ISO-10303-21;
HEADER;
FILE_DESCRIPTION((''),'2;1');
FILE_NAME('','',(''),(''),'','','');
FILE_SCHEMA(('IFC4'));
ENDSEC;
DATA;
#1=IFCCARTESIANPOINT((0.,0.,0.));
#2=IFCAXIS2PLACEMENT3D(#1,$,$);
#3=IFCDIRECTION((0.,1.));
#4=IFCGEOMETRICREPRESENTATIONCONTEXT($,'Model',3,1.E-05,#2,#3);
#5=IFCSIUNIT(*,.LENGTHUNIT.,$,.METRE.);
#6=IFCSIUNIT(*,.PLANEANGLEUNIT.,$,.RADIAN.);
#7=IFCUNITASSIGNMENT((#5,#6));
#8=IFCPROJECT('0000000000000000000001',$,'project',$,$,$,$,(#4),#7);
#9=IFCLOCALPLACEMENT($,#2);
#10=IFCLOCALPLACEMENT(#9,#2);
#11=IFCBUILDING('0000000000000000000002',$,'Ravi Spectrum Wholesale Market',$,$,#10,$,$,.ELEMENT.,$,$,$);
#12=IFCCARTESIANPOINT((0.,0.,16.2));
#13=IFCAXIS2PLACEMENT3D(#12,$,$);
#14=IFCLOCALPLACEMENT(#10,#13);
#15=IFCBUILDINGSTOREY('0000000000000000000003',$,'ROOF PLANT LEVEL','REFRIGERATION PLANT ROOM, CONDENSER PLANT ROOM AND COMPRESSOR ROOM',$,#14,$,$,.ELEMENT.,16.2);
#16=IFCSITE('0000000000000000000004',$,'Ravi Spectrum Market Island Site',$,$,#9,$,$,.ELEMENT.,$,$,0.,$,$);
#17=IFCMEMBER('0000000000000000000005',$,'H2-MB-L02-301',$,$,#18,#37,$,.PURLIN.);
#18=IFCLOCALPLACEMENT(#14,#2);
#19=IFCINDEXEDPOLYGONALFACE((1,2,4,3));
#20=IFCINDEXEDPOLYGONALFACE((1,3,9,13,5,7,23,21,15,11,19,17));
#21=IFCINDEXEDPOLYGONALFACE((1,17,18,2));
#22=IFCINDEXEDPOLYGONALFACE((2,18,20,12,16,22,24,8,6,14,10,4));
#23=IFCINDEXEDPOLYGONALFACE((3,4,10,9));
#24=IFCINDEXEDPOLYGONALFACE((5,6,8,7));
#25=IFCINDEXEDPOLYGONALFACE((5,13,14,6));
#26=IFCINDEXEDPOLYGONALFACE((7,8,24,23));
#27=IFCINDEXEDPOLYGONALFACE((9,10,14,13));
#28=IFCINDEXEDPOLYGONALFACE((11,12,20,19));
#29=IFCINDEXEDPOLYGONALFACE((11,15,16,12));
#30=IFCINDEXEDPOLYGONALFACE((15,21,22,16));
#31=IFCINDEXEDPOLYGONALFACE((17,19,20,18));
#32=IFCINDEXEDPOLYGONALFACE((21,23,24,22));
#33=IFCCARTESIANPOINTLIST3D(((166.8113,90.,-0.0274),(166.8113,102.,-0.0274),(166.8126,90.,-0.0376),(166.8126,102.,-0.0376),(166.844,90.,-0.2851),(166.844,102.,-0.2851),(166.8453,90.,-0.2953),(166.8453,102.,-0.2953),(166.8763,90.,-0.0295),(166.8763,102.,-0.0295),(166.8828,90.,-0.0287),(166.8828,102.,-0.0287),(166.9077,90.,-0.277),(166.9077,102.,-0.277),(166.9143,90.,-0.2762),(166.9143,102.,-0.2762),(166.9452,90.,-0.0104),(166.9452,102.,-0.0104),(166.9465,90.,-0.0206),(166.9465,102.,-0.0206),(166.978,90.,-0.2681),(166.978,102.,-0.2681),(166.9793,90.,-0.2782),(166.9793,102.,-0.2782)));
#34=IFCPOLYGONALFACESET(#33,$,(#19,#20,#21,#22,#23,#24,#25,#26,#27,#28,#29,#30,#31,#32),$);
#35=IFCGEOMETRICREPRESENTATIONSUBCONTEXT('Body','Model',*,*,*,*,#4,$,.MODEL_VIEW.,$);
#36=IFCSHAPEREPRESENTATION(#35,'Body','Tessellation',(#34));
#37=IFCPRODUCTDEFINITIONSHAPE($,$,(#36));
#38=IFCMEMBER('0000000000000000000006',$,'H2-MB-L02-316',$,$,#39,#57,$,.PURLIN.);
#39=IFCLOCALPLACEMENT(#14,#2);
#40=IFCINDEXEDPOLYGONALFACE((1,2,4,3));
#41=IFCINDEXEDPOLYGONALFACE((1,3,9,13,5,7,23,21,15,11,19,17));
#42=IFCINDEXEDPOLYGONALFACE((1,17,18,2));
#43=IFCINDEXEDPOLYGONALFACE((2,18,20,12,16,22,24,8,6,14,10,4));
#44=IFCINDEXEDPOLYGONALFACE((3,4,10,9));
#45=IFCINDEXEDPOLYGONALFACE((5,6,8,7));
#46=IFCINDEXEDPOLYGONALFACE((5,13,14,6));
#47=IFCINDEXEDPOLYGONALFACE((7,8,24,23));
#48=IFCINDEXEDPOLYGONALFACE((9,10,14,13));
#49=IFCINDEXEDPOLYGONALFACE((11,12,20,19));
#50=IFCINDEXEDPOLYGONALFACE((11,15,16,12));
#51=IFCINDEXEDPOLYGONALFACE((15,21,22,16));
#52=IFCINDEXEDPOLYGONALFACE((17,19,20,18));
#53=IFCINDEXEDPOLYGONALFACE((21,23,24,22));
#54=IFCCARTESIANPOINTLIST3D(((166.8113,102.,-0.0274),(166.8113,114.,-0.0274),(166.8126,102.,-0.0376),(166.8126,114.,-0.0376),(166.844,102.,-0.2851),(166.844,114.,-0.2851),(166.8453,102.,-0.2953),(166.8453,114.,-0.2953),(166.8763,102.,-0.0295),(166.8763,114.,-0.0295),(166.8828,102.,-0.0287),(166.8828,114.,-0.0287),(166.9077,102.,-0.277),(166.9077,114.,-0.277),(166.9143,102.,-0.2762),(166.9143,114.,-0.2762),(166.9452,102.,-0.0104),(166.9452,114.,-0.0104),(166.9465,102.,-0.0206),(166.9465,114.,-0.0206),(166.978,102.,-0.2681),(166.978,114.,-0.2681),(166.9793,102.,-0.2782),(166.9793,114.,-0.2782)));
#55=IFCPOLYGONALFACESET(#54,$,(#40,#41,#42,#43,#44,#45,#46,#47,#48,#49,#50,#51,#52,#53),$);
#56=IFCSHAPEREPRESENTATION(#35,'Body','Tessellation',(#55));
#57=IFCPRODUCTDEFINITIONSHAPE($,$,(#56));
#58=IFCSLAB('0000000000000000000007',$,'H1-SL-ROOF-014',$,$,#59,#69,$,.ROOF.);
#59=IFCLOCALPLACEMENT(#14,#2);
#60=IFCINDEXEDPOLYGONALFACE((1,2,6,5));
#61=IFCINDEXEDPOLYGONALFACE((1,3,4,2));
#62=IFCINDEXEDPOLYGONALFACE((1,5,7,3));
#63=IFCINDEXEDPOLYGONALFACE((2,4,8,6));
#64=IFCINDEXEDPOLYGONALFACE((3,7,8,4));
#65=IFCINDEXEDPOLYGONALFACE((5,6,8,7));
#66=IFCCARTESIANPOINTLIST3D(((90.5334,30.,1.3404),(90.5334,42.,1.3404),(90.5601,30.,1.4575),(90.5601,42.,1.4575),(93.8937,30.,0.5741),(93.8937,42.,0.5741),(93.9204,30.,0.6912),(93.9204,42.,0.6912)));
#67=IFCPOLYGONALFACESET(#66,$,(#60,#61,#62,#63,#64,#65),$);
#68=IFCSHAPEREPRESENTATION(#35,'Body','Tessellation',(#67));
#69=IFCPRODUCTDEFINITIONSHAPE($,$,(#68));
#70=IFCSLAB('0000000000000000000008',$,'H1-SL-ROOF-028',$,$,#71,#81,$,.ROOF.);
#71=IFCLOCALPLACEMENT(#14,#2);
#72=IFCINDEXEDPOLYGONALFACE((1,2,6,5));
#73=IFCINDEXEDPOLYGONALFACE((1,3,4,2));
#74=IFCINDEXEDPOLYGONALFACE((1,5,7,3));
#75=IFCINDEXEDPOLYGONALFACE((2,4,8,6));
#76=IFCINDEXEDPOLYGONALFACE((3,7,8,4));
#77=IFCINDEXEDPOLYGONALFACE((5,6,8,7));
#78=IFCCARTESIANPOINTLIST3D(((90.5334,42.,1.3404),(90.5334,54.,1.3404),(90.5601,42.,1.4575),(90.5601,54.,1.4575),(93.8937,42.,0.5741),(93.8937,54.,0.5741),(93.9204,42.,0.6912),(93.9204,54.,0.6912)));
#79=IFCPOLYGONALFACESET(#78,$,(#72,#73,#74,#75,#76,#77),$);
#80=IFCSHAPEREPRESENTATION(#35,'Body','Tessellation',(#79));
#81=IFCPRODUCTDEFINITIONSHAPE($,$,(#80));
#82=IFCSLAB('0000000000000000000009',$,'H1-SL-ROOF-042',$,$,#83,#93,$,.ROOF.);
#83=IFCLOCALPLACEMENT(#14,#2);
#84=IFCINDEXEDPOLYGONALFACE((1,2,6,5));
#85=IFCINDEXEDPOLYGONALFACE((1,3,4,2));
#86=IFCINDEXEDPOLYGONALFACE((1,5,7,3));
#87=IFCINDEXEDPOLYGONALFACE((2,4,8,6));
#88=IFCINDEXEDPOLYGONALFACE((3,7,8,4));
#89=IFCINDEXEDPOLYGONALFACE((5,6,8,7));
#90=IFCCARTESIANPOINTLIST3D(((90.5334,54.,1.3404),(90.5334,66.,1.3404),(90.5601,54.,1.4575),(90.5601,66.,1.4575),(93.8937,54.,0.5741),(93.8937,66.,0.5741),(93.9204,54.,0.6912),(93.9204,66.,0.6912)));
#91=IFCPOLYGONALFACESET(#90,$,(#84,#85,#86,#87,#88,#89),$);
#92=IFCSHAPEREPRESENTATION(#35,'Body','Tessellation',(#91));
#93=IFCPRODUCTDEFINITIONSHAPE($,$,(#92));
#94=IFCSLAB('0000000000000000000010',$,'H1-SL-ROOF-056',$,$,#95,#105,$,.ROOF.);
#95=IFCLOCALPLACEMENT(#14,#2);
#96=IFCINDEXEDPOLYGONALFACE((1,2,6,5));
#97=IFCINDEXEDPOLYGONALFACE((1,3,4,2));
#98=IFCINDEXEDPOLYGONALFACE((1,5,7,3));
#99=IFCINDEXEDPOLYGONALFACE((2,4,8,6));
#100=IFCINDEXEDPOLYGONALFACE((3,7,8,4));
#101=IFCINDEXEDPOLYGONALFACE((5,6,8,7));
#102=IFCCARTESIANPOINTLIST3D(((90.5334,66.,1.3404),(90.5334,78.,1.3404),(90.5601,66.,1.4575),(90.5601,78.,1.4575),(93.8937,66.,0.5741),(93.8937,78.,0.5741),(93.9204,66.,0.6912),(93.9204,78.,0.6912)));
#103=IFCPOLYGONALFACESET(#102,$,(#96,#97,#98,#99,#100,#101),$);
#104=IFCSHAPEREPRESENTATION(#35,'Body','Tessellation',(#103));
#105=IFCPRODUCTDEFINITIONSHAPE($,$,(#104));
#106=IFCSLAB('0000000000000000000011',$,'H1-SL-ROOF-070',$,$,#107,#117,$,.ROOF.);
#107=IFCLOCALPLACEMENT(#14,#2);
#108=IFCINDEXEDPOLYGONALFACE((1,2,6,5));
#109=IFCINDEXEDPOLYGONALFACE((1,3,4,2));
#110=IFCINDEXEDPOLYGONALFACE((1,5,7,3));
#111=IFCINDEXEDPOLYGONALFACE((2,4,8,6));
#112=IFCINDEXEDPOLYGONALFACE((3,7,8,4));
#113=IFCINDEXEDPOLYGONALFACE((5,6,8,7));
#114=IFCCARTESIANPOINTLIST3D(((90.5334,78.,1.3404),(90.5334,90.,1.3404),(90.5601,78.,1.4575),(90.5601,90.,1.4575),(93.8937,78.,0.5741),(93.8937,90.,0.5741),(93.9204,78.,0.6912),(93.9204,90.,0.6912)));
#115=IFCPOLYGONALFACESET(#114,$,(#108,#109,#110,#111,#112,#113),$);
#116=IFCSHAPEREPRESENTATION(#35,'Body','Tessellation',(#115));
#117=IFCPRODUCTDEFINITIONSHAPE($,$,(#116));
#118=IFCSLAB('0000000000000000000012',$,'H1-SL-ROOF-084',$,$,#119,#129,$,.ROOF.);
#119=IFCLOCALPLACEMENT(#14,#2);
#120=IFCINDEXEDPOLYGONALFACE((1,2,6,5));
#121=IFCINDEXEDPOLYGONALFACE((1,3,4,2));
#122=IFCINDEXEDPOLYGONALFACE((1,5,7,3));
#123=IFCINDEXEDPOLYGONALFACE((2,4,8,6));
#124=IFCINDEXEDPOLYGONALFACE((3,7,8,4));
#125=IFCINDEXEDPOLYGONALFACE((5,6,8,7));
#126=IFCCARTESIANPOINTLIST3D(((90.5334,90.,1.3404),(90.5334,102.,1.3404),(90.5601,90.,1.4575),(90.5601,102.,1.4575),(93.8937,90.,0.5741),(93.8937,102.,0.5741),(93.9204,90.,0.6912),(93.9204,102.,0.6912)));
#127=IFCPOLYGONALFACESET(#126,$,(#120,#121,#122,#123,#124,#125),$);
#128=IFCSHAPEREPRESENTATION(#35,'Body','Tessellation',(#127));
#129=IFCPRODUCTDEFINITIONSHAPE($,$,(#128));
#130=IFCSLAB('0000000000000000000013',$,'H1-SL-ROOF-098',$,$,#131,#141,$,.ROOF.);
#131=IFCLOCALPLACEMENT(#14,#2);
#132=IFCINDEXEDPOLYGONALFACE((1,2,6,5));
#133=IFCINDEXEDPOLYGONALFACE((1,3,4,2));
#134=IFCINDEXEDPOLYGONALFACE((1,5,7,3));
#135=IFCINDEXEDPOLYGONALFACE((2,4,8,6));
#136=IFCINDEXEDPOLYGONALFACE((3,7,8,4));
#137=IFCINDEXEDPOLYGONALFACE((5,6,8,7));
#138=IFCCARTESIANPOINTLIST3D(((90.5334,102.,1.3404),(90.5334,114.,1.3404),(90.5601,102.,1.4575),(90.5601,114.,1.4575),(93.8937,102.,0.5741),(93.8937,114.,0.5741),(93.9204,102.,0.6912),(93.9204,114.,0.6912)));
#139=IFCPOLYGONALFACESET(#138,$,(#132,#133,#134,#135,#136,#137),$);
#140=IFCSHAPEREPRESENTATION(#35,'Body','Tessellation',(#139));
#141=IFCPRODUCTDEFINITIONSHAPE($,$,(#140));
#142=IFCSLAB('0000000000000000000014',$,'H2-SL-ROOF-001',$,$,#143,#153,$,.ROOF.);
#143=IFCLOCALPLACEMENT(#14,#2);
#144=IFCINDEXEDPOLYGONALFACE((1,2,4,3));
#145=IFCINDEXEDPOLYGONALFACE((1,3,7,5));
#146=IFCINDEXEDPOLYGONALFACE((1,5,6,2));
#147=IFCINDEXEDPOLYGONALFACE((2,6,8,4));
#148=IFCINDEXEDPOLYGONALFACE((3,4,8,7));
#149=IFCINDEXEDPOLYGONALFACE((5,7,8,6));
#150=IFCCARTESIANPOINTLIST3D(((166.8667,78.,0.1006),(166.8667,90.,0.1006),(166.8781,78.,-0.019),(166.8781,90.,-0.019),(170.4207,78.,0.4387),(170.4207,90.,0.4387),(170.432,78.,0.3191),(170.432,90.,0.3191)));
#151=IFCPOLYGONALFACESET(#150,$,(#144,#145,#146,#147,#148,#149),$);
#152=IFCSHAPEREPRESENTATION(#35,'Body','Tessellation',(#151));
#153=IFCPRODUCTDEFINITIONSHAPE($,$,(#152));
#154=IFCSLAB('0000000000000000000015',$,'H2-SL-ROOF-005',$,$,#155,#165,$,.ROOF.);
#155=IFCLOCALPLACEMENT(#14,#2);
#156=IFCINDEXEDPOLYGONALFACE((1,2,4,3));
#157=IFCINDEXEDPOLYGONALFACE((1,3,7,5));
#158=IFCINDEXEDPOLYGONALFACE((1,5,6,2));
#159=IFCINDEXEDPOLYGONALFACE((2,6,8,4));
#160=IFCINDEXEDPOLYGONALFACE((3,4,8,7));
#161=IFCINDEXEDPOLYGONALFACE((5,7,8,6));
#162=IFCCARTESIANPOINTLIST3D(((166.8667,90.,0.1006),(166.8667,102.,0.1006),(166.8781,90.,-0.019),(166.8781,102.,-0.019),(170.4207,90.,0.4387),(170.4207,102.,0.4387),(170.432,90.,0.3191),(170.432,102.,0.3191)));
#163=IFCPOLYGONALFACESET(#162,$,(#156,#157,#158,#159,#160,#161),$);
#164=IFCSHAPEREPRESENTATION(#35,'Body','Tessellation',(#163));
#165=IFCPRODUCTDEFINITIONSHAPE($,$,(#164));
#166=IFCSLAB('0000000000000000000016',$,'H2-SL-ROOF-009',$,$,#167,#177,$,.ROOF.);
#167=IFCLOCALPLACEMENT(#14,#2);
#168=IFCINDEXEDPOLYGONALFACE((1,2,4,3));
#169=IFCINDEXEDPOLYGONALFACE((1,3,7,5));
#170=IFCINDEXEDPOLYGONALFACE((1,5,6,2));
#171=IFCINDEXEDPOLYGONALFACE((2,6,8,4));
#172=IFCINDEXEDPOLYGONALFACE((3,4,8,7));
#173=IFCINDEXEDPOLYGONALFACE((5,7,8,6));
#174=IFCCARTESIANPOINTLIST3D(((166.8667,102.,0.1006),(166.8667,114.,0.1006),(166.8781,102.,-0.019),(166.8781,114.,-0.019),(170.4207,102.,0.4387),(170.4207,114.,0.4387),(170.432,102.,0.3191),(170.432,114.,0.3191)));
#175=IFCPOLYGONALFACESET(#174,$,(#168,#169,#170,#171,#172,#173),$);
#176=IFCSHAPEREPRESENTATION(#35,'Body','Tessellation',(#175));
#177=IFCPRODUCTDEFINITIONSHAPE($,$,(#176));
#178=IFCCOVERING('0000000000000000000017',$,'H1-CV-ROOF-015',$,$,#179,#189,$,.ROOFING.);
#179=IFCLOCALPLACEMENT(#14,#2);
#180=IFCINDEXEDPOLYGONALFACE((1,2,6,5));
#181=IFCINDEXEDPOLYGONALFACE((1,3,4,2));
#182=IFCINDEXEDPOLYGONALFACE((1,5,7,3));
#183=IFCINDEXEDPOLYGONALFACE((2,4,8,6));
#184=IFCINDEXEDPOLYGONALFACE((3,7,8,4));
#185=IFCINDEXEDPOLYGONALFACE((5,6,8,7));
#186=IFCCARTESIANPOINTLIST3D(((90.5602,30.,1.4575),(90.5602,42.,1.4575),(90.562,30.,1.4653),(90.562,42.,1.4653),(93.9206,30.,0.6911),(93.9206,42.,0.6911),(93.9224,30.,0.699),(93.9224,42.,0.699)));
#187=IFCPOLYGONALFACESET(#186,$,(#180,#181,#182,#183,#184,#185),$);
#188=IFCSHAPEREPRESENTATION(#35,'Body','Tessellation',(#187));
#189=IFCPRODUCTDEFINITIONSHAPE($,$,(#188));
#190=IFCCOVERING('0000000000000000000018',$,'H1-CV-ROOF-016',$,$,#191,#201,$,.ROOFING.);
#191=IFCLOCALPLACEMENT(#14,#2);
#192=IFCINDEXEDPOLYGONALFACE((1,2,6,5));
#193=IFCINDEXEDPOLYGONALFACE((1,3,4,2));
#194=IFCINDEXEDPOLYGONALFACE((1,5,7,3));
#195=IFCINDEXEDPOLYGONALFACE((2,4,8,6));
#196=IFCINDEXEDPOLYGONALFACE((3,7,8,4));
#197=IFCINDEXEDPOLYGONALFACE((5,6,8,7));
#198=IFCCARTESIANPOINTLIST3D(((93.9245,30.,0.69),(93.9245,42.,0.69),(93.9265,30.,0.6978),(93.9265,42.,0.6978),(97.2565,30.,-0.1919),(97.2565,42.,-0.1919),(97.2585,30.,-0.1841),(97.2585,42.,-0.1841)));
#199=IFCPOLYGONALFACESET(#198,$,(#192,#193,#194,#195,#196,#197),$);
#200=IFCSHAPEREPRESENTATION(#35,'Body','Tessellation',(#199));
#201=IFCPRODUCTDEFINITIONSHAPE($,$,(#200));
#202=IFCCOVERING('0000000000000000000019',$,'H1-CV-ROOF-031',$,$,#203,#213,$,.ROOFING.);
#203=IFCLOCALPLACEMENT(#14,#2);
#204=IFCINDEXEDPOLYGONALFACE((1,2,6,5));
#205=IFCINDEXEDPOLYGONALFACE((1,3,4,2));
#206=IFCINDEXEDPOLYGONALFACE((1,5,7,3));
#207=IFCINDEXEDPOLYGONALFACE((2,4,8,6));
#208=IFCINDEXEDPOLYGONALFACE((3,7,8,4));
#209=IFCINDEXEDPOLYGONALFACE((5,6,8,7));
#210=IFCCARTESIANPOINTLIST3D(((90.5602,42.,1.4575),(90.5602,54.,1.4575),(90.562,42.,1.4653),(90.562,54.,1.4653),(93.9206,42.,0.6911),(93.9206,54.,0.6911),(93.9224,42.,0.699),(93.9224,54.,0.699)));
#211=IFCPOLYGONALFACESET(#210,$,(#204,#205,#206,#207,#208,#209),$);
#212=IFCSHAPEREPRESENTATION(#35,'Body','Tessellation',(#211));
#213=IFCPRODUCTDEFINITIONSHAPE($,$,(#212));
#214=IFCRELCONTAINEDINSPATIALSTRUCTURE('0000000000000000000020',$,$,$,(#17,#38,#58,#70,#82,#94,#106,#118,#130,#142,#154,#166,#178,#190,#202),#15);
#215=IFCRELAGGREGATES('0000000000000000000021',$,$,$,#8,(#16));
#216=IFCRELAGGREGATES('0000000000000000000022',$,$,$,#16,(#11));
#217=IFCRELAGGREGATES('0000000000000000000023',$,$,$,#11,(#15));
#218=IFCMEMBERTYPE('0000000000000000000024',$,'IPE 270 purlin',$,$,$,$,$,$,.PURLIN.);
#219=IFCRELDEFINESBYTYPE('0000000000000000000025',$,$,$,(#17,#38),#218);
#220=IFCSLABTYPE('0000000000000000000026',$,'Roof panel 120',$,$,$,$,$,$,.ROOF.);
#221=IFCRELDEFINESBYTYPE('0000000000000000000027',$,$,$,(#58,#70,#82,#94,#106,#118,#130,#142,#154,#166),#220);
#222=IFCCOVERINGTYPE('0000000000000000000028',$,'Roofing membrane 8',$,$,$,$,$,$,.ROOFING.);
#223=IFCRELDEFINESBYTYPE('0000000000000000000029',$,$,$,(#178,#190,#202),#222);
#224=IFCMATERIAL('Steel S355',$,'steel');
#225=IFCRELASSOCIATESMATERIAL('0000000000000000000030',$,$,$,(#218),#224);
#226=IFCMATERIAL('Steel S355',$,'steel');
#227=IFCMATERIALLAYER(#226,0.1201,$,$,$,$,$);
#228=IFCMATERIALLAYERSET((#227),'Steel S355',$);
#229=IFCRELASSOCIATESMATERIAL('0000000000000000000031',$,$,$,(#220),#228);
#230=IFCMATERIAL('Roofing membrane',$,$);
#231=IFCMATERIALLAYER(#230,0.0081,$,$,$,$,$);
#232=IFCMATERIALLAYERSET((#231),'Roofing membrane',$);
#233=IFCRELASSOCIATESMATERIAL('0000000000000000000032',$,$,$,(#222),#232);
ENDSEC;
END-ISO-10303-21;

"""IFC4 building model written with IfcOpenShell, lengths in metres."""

from ifc_helpers import new_model, si_unit, direction, frame, origin, origin_2d, place, context, subcontext, project, spatial, polyline, i_section, outline, extrude, material, layer, layer_set, material_profile, profile_set, type_object, element, save


model = new_model("IFC4")

# Units and contexts
model_context = context("Model", 3, precision=1e-05, world=origin(), true_north=direction((0.0, 1.0)))
body_context = subcontext(model_context, "Body", "Model", "MODEL_VIEW")
ifc_project = project(units=[si_unit("LENGTHUNIT", "METRE"), si_unit("PLANEANGLEUNIT", "RADIAN")], contexts=[model_context])

# Site, building, storey
site_placement = place(None, origin())
site = spatial("IfcSite", under=ifc_project, at=site_placement, Name="Ravi Spectrum Market Island Site", CompositionType="ELEMENT", RefElevation=0.0)
building_placement = place(site_placement, origin())
building = spatial("IfcBuilding", under=site, at=building_placement, Name="Ravi Spectrum Wholesale Market", CompositionType="ELEMENT")
storey_placement = place(building_placement, frame((0.0, 0.0, 16.2)))
storey = spatial("IfcBuildingStorey", under=building, at=storey_placement, Name="ROOF PLANT LEVEL", Description="REFRIGERATION PLANT ROOM, CONDENSER PLANT ROOM AND COMPRESSOR ROOM", CompositionType="ELEMENT", Elevation=16.2)

# Members
ifc_material_1 = material(Name="Steel S355", Category="steel")
ifc_material_profile_1 = material_profile(ifc_material_1, i_section(OverallWidth=0.135, OverallDepth=0.27, WebThickness=0.0066, FlangeThickness=0.0103, at=origin_2d()))
ifc_profile_set_1 = profile_set([ifc_material_profile_1], Name="Steel S355")
member_type = type_object("IfcMemberType", Name="IPE 270 purlin", PredefinedType="PURLIN", material=ifc_profile_set_1)
for number, where, z_axis, x_axis, name in (
    (1, (166.8953, 90.0, -0.1528), (0.0, 1.0, 0.0), (-0.992014, 0.0, -0.126129), "H2-MB-L02-301"),
    (2, (166.8953, 102.0, -0.1528), (0.0, 1.0, 0.0), (-0.992014, 0.0, -0.126129), "H2-MB-L02-316"),
):
    element("IfcMember", number, at=place(storey_placement, frame(where, z_axis=z_axis, x_axis=x_axis)), inside=storey, type_object=member_type, Name=name, PredefinedType="PURLIN", context=body_context, shape_type="SweptSolid", body=[
        extrude(i_section(OverallWidth=0.135, OverallDepth=0.27, WebThickness=0.0066, FlangeThickness=0.0103, at=origin_2d()), origin(), (0.0, 0.0, 1.0), 12.0),
    ])

# Slabs
ifc_material_2 = material(Name="Steel S355", Category="steel")
ifc_layer_1 = layer(ifc_material_2, 0.1201)
ifc_layer_set_1 = layer_set([ifc_layer_1], Name="Steel S355")
slab_type = type_object("IfcSlabType", Name="Roof panel 120", PredefinedType="ROOF", material=ifc_layer_set_1)
for number, where, z_axis, x_axis, name in (
    (3, (90.5601, 30.0, 1.4575), (0.22235, 0.0, 0.974967), (0.974967, 0.0, -0.22235), "H1-SL-ROOF-014"),
    (4, (90.5601, 42.0, 1.4575), (0.22235, 0.0, 0.974967), (0.974967, 0.0, -0.22235), "H1-SL-ROOF-028"),
    (5, (90.5601, 54.0, 1.4575), (0.22235, 0.0, 0.974967), (0.974967, 0.0, -0.22235), "H1-SL-ROOF-042"),
    (6, (90.5601, 66.0, 1.4575), (0.22235, 0.0, 0.974967), (0.974967, 0.0, -0.22235), "H1-SL-ROOF-056"),
    (7, (90.5601, 78.0, 1.4575), (0.22235, 0.0, 0.974967), (0.974967, 0.0, -0.22235), "H1-SL-ROOF-070"),
    (8, (90.5601, 90.0, 1.4575), (0.22235, 0.0, 0.974967), (0.974967, 0.0, -0.22235), "H1-SL-ROOF-084"),
    (9, (90.5601, 102.0, 1.4575), (0.22235, 0.0, 0.974967), (0.974967, 0.0, -0.22235), "H1-SL-ROOF-098"),
):
    element("IfcSlab", number, at=place(storey_placement, frame(where, z_axis=z_axis, x_axis=x_axis)), inside=storey, type_object=slab_type, Name=name, PredefinedType="ROOF", context=body_context, shape_type="SweptSolid", body=[
        extrude(outline(polyline([(0.0, 0.0), (3.4466, 0.0), (3.4466, 12.0), (0.0, 12.0), (0.0, 0.0)])), origin(), (0.0, 0.0, -1.0), 0.1201),
    ])
for number, where, z_axis, x_axis, name in (
    (10, (166.8667, 78.0, 0.1006), (-0.094716, 0.0, 0.995504), (0.995504, 0.0, 0.094716), "H2-SL-ROOF-001"),
    (11, (166.8667, 90.0, 0.1006), (-0.094716, 0.0, 0.995504), (0.995504, 0.0, 0.094716), "H2-SL-ROOF-005"),
    (12, (166.8667, 102.0, 0.1006), (-0.094716, 0.0, 0.995504), (0.995504, 0.0, 0.094716), "H2-SL-ROOF-009"),
):
    element("IfcSlab", number, at=place(storey_placement, frame(where, z_axis=z_axis, x_axis=x_axis)), inside=storey, type_object=slab_type, Name=name, PredefinedType="ROOF", context=body_context, shape_type="SweptSolid", body=[
        extrude(outline(polyline([(0.0, 0.0), (3.57, 0.0), (3.57, 12.0), (0.0, 12.0), (0.0, 0.0)])), origin(), (0.0, 0.0, -1.0), 0.1201),
    ])

# Coverings
ifc_material_3 = material(Name="Roofing membrane")
ifc_layer_2 = layer(ifc_material_3, 0.0081)
ifc_layer_set_2 = layer_set([ifc_layer_2], Name="Roofing membrane")
covering_type = type_object("IfcCoveringType", Name="Roofing membrane 8", PredefinedType="ROOFING", material=ifc_layer_set_2)
covering_1_placement = place(storey_placement, frame((90.562, 30.0, 1.4653), z_axis=(0.22235, 0.0, 0.974967), x_axis=(0.974967, 0.0, -0.22235)))
element("IfcCovering", 13, at=covering_1_placement, inside=storey, type_object=covering_type, Name="H1-CV-ROOF-015", PredefinedType="ROOFING", context=body_context, shape_type="SweptSolid", body=[
    extrude(outline(polyline([(0.0, 0.0), (3.4466, 0.0), (3.4466, 12.0), (0.0, 12.0), (0.0, 0.0)])), origin(), (0.0, 0.0, -1.0), 0.0081),
])
covering_2_placement = place(storey_placement, frame((93.9265, 30.0, 0.6978), z_axis=(0.255846, 0.0, 0.966718), x_axis=(0.966718, 0.0, -0.255846)))
element("IfcCovering", 14, at=covering_2_placement, inside=storey, type_object=covering_type, Name="H1-CV-ROOF-016", PredefinedType="ROOFING", context=body_context, shape_type="SweptSolid", body=[
    extrude(outline(polyline([(0.0, 0.0), (3.4467, 0.0), (3.4467, 12.0), (0.0, 12.0), (0.0, 0.0)])), origin(), (0.0, 0.0, -1.0), 0.0081),
])
covering_3_placement = place(storey_placement, frame((90.562, 42.0, 1.4653), z_axis=(0.22235, 0.0, 0.974967), x_axis=(0.974967, 0.0, -0.22235)))
element("IfcCovering", 15, at=covering_3_placement, inside=storey, type_object=covering_type, Name="H1-CV-ROOF-031", PredefinedType="ROOFING", context=body_context, shape_type="SweptSolid", body=[
    extrude(outline(polyline([(0.0, 0.0), (3.4466, 0.0), (3.4466, 12.0), (0.0, 12.0), (0.0, 0.0)])), origin(), (0.0, 0.0, -1.0), 0.0081),
])

save(model, "model.ifc")
